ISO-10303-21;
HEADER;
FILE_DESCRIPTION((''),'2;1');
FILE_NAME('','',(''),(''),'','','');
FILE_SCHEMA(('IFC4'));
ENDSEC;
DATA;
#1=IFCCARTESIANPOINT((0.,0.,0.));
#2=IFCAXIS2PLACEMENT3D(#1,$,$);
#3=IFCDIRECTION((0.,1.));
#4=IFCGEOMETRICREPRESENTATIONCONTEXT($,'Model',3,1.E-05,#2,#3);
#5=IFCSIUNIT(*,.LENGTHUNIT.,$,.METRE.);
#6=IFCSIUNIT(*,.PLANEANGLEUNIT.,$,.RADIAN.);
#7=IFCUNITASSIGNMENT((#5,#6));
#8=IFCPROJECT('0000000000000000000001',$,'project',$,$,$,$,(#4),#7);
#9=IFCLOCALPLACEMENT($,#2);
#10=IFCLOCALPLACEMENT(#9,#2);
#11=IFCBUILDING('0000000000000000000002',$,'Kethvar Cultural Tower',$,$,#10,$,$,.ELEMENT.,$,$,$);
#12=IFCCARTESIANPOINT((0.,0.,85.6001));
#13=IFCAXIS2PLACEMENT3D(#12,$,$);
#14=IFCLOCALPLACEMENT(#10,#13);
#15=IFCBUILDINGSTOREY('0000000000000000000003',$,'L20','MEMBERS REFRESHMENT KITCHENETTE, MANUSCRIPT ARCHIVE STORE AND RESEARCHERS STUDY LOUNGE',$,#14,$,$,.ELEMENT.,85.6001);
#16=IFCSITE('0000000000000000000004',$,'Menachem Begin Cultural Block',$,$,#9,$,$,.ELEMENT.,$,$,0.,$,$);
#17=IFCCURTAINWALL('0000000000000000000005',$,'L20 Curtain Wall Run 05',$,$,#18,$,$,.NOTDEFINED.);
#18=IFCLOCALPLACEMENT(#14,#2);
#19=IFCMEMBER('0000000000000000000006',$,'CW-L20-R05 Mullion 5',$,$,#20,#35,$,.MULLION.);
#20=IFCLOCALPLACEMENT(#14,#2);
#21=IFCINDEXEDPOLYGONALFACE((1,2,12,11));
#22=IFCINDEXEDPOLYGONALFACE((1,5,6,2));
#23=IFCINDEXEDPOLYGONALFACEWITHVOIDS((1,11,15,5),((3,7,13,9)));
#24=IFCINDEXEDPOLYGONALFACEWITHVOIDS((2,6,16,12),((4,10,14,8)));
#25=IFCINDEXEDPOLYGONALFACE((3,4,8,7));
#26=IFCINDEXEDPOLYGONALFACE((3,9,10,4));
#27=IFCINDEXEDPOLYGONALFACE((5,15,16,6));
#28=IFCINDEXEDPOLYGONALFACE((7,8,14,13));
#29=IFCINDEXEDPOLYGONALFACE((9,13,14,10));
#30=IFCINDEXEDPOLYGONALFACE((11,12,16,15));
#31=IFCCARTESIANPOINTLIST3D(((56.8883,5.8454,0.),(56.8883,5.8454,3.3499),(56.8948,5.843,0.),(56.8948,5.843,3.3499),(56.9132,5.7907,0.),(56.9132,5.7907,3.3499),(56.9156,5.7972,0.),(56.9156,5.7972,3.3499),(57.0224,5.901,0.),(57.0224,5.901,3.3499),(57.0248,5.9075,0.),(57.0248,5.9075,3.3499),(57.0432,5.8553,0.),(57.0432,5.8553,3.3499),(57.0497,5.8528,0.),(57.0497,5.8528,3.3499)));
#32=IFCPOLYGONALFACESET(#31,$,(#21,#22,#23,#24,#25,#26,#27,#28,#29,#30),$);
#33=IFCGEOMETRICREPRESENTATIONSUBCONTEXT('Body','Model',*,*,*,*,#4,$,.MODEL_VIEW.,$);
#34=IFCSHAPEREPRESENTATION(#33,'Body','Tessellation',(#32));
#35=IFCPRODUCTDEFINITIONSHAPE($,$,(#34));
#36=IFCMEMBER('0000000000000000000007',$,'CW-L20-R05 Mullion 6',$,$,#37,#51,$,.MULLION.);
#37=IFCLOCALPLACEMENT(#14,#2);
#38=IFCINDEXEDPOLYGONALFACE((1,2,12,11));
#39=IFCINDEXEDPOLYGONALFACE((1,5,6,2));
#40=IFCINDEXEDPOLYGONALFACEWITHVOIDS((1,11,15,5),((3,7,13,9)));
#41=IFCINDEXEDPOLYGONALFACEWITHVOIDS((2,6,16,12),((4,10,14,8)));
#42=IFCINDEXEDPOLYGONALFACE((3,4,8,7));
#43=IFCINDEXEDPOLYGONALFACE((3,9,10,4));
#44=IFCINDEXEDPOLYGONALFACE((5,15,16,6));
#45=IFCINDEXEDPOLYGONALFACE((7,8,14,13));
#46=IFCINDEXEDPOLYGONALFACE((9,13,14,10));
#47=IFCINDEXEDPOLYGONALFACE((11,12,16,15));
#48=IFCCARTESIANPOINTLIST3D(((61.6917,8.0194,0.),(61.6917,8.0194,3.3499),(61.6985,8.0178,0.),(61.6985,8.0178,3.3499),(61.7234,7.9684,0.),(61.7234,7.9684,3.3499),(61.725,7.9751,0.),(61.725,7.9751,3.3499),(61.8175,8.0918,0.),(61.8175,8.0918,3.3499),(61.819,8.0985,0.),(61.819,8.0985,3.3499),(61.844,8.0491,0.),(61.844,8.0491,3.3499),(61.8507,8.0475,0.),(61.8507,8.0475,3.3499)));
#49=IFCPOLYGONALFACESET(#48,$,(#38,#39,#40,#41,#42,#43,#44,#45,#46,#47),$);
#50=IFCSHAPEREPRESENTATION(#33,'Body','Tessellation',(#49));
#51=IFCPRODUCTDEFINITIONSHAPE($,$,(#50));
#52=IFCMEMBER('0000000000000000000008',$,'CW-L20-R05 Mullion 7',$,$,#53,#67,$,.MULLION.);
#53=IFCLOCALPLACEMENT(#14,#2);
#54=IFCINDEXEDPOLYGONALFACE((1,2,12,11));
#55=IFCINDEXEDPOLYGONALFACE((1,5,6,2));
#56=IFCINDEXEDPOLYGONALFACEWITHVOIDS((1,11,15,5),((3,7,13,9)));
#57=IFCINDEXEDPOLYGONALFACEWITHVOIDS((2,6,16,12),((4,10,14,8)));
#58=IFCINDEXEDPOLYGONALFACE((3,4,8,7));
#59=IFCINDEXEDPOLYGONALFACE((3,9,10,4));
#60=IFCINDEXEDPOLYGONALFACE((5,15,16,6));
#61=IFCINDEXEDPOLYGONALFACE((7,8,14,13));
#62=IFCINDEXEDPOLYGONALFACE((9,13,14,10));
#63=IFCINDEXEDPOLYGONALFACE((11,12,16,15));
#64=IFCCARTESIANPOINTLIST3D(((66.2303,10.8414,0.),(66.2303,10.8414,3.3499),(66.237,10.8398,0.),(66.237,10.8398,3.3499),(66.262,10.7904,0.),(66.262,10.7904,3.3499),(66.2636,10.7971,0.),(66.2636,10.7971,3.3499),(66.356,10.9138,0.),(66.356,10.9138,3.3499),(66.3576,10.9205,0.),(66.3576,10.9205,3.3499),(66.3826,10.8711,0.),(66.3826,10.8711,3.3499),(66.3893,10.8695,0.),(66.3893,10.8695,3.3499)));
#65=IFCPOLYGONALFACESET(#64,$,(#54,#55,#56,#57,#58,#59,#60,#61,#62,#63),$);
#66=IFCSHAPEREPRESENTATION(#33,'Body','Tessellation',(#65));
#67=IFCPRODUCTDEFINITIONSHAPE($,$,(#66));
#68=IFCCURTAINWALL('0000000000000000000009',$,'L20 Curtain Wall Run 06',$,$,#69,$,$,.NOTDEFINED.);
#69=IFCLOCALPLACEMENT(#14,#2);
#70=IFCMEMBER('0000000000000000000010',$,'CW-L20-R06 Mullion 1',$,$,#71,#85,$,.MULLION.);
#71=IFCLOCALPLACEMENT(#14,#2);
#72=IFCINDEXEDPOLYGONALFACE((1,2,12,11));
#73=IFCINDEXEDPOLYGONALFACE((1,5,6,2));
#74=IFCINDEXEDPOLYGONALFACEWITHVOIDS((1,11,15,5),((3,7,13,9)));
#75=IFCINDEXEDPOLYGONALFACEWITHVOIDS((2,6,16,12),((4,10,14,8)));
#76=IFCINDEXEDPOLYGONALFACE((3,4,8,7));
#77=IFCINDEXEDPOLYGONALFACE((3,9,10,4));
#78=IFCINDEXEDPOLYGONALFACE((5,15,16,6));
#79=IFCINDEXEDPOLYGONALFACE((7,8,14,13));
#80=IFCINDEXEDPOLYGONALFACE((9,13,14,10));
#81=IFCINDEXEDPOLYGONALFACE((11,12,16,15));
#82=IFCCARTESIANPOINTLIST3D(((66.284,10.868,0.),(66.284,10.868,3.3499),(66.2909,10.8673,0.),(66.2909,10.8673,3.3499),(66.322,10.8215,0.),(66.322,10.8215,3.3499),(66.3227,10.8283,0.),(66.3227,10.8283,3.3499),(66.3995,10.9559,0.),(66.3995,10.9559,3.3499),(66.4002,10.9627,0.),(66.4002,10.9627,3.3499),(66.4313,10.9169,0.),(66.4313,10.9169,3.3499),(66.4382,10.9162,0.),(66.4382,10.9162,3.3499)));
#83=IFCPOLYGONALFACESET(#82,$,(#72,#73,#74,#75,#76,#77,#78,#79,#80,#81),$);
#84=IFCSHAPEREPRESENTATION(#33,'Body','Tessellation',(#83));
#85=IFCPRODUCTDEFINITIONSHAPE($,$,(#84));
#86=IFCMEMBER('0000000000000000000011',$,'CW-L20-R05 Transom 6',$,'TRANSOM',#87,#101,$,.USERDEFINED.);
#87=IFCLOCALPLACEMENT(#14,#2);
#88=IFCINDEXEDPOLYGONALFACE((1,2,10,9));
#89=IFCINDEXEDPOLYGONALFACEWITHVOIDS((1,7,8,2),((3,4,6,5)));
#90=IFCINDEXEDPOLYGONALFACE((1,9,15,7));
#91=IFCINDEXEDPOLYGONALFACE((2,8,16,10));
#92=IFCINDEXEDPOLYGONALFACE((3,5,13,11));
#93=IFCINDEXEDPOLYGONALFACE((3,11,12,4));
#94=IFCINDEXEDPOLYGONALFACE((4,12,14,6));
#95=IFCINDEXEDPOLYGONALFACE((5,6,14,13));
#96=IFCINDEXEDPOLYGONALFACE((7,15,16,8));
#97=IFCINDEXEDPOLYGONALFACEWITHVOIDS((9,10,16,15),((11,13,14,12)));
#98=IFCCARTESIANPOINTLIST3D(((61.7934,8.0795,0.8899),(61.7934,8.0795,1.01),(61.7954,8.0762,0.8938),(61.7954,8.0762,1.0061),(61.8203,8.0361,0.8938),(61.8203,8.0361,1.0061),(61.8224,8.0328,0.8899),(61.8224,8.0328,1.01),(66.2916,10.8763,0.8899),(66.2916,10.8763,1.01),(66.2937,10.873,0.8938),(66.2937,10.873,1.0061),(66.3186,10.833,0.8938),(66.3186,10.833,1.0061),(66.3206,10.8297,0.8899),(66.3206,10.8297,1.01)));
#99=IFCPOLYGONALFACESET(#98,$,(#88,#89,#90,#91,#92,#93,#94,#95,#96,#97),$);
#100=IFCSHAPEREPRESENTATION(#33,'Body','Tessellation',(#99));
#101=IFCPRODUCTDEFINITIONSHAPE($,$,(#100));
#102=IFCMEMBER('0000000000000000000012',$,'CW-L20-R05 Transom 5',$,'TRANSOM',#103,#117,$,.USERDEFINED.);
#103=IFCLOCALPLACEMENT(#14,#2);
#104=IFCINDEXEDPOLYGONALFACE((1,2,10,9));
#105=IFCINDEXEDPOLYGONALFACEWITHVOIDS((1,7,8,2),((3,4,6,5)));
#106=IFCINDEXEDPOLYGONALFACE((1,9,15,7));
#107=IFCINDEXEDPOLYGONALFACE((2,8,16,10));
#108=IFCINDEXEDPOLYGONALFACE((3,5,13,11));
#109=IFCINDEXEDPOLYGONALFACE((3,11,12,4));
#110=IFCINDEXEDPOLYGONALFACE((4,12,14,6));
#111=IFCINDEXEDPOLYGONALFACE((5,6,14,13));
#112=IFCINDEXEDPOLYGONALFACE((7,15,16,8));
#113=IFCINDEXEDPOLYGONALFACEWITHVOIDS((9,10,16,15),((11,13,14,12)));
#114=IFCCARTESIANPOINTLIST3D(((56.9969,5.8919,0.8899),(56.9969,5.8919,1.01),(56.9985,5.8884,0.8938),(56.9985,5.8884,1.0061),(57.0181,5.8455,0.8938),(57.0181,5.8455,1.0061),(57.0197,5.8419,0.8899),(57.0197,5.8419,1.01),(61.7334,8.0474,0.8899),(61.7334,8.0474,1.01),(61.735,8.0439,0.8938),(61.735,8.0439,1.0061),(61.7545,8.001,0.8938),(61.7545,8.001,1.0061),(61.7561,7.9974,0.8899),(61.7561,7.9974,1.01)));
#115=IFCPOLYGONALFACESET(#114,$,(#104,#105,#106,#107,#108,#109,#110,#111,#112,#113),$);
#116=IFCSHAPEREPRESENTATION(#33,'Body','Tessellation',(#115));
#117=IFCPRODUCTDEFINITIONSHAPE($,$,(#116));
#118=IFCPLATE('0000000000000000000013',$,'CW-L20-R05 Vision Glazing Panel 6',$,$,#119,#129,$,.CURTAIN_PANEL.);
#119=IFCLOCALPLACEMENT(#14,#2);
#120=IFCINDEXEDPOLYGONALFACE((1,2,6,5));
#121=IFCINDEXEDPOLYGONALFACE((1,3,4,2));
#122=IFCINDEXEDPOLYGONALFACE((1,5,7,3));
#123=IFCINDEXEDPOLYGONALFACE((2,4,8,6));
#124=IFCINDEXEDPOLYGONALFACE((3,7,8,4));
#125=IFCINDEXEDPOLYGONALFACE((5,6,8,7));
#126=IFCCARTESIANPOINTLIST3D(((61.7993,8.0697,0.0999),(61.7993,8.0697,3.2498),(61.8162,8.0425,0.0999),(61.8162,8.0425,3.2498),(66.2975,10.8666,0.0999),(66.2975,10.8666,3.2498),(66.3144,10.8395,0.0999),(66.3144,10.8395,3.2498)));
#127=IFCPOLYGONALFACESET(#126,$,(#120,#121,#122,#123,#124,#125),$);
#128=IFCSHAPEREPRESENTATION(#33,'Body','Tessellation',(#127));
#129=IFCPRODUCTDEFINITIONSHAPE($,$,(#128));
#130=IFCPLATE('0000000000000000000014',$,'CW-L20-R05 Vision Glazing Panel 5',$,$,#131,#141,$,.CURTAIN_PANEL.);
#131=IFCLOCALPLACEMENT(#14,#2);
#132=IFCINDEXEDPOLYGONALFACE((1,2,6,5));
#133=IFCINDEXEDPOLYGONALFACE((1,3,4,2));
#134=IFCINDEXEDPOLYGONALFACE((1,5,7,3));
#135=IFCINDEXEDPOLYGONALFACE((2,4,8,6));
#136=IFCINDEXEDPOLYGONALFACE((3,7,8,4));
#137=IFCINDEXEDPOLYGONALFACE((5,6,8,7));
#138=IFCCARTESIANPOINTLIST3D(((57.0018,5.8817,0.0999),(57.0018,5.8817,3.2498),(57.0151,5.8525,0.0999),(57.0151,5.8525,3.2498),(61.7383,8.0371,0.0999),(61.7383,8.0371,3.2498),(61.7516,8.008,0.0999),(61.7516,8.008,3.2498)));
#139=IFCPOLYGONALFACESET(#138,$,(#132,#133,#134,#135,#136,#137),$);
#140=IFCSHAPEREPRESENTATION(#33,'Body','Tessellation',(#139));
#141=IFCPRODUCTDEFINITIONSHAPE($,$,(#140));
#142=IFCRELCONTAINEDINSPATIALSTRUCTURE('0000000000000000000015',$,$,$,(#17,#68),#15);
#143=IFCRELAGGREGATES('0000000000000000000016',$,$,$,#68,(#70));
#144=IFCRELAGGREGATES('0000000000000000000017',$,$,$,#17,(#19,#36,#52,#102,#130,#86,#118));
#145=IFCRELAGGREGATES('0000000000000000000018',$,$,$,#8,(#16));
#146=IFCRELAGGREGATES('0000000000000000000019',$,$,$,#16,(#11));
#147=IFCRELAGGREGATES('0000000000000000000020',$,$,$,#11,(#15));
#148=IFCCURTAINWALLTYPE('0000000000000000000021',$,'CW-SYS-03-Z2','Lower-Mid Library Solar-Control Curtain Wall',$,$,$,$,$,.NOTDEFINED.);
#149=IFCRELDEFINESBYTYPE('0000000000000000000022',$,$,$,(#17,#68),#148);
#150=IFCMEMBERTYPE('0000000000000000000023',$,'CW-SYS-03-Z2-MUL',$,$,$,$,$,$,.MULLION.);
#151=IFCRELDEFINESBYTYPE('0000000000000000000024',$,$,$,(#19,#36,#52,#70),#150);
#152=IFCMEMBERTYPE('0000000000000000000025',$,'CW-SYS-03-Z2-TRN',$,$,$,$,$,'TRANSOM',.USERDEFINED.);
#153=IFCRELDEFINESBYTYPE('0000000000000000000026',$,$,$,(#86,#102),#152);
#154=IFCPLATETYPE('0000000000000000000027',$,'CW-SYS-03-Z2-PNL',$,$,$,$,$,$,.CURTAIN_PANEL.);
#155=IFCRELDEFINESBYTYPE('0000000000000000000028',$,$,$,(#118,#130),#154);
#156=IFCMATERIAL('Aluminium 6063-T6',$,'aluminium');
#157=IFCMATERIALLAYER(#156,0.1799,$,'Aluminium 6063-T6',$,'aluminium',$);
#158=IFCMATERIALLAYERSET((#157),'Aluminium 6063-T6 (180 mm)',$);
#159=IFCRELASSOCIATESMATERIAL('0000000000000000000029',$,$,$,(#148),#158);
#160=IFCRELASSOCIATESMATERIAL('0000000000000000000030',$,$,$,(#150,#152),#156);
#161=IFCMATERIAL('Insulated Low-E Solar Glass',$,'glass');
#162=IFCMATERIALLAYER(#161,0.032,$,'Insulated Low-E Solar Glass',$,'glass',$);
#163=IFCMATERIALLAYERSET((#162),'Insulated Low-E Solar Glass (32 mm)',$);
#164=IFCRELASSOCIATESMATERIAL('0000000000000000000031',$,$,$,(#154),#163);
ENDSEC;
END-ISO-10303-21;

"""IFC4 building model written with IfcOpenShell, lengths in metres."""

from ifc_helpers import new_model, si_unit, direction, frame, origin, origin_2d, place, context, subcontext, project, spatial, rectangle, hollow_rectangle, extrude, source, transform, mapped, material, layer, layer_set, material_profile, profile_set, type_object, element, aggregate, save


model = new_model("IFC4")

# Units and contexts
model_context = context("Model", 3, precision=1e-05, world=origin(), true_north=direction((0.0, 1.0)))
body_context = subcontext(model_context, "Body", "Model", "MODEL_VIEW")
ifc_project = project(units=[si_unit("LENGTHUNIT", "METRE"), si_unit("PLANEANGLEUNIT", "RADIAN")], contexts=[model_context])

# Site, building, storey
site_placement = place(None, origin())
site = spatial("IfcSite", under=ifc_project, at=site_placement, Name="Menachem Begin Cultural Block", CompositionType="ELEMENT", RefElevation=0.0)
building_placement = place(site_placement, origin())
building = spatial("IfcBuilding", under=site, at=building_placement, Name="Kethvar Cultural Tower", CompositionType="ELEMENT")
storey_placement = place(building_placement, frame((0.0, 0.0, 85.6001)))
storey = spatial("IfcBuildingStorey", under=building, at=storey_placement, Name="L20", Description="MEMBERS REFRESHMENT KITCHENETTE, MANUSCRIPT ARCHIVE STORE AND RESEARCHERS STUDY LOUNGE", CompositionType="ELEMENT", Elevation=85.6001)

# Curtain wall, members
ifc_material_1 = material(Name="Aluminium 6063-T6", Category="aluminium")
ifc_layer_1 = layer(ifc_material_1, 0.1799, Name="Aluminium 6063-T6", Category="aluminium")
ifc_layer_set_1 = layer_set([ifc_layer_1], Name="Aluminium 6063-T6 (180 mm)")
curtain_wall_type = type_object("IfcCurtainWallType", Name="CW-SYS-03-Z2", Description="Lower-Mid Library Solar-Control Curtain Wall", PredefinedType="NOTDEFINED", material=ifc_layer_set_1)
curtain_wall_1_placement = place(storey_placement, origin())
curtain_wall_1 = element("IfcCurtainWall", 1, at=curtain_wall_1_placement, inside=storey, type_object=curtain_wall_type, Name="L20 Curtain Wall Run 05", PredefinedType="NOTDEFINED")
ifc_material_profile_1 = material_profile(ifc_material_1, hollow_rectangle(XDim=0.0601, YDim=0.1499, WallThickness=0.0049, at=origin_2d()), Name="Aluminium 6063-T6 — RHS150x60x5")
ifc_profile_set_1 = profile_set([ifc_material_profile_1], Name="Aluminium 6063-T6 — RHS150x60x5")
member_type_1 = type_object("IfcMemberType", Name="CW-SYS-03-Z2-MUL", PredefinedType="MULLION", material=ifc_profile_set_1)
shared_shape_1 = source(origin(), body_context, "Body", "SweptSolid", [
    extrude(hollow_rectangle(XDim=0.0601, YDim=0.1499, WallThickness=0.0049, at=origin_2d()), origin(), (0.0, 0.0, 1.0), 3.3499),
])
member_1_placement = place(storey_placement, frame((56.969, 5.8491, 0.0), z_axis=(0.0, 0.0, 1.0), x_axis=(-0.414201, 0.910186, 0.0)))
member_1 = element("IfcMember", 2, at=member_1_placement, type_object=member_type_1, Name="CW-L20-R05 Mullion 5", PredefinedType="MULLION", context=body_context, shape_type="MappedRepresentation", body=[
    mapped(shared_shape_1, transform((0.0, 0.0, 0.0), scale=1.0)),
])
member_2_placement = place(storey_placement, frame((61.7712, 8.0334, 0.0), z_axis=(0.0, 0.0, 1.0), x_axis=(-0.528038, 0.849221, 0.0)))
member_2 = element("IfcMember", 3, at=member_2_placement, type_object=member_type_1, Name="CW-L20-R05 Mullion 6", PredefinedType="MULLION", context=body_context, shape_type="MappedRepresentation", body=[
    mapped(shared_shape_1, transform((0.0, 0.0, 0.0), scale=1.0)),
])
member_3_placement = place(storey_placement, frame((66.3098, 10.8555, 0.0), z_axis=(0.0, 0.0, 1.0), x_axis=(-0.528038, 0.849221, 0.0)))
member_3 = element("IfcMember", 4, at=member_3_placement, type_object=member_type_1, Name="CW-L20-R05 Mullion 7", PredefinedType="MULLION", context=body_context, shape_type="MappedRepresentation", body=[
    mapped(shared_shape_1, transform((0.0, 0.0, 0.0), scale=1.0)),
])

# Curtain wall, member
curtain_wall_2_placement = place(storey_placement, origin())
curtain_wall_2 = element("IfcCurtainWall", 5, at=curtain_wall_2_placement, inside=storey, type_object=curtain_wall_type, Name="L20 Curtain Wall Run 06", PredefinedType="NOTDEFINED")
member_4_placement = place(storey_placement, frame((66.3611, 10.8921, 0.0), z_axis=(0.0, 0.0, 1.0), x_axis=(-0.631799, 0.775132, 0.0)))
member_4 = element("IfcMember", 6, at=member_4_placement, type_object=member_type_1, Name="CW-L20-R06 Mullion 1", PredefinedType="MULLION", context=body_context, shape_type="MappedRepresentation", body=[
    mapped(shared_shape_1, transform((0.0, 0.0, 0.0), scale=1.0)),
])
aggregate(curtain_wall_2, [member_4])

# Members
ifc_material_profile_2 = material_profile(ifc_material_1, hollow_rectangle(XDim=0.0549, YDim=0.1201, WallThickness=0.0039, at=origin_2d()), Name="Aluminium 6063-T6 — RHS120x55x4")
ifc_profile_set_2 = profile_set([ifc_material_profile_2], Name="Aluminium 6063-T6 — RHS120x55x4")
member_type_2 = type_object("IfcMemberType", Name="CW-SYS-03-Z2-TRN", ElementType="TRANSOM", PredefinedType="USERDEFINED", material=ifc_profile_set_2)
shared_shape_2 = source(origin(), body_context, "Body", "SweptSolid", [
    extrude(hollow_rectangle(XDim=0.0549, YDim=0.1201, WallThickness=0.0039, at=origin_2d()), origin(), (0.0, 0.0, 1.0), 5.2969),
])
member_5_placement = place(storey_placement, frame((61.8079, 8.0562, 0.95), z_axis=(0.849231, 0.528021, 0.0), x_axis=(-0.528021, 0.849231, 0.0)))
member_5 = element("IfcMember", 7, at=member_5_placement, type_object=member_type_2, Name="CW-L20-R05 Transom 6", ObjectType="TRANSOM", PredefinedType="USERDEFINED", context=body_context, shape_type="MappedRepresentation", body=[
    mapped(shared_shape_2, transform((0.0, 0.0, 0.0), scale=1.0)),
])
shared_shape_3 = source(origin(), body_context, "Body", "SweptSolid", [
    extrude(hollow_rectangle(XDim=0.0549, YDim=0.1201, WallThickness=0.0039, at=origin_2d()), origin(), (0.0, 0.0, 1.0), 5.2039),
])
member_6_placement = place(storey_placement, frame((57.0083, 5.8669, 0.95), z_axis=(0.910183, 0.414206, 0.0), x_axis=(-0.414206, 0.910183, 0.0)))
member_6 = element("IfcMember", 8, at=member_6_placement, type_object=member_type_2, Name="CW-L20-R05 Transom 5", ObjectType="TRANSOM", PredefinedType="USERDEFINED", context=body_context, shape_type="MappedRepresentation", body=[
    mapped(shared_shape_3, transform((0.0, 0.0, 0.0), scale=1.0)),
])

# Plates
ifc_material_2 = material(Name="Insulated Low-E Solar Glass", Category="glass")
ifc_layer_2 = layer(ifc_material_2, 0.032, Name="Insulated Low-E Solar Glass", Category="glass")
ifc_layer_set_2 = layer_set([ifc_layer_2], Name="Insulated Low-E Solar Glass (32 mm)")
plate_type = type_object("IfcPlateType", Name="CW-SYS-03-Z2-PNL", PredefinedType="CURTAIN_PANEL", material=ifc_layer_set_2)
shared_shape_4 = source(origin(), body_context, "Body", "SweptSolid", [
    extrude(rectangle(XDim=5.2969, YDim=0.032, at=origin_2d()), origin(), (0.0, 0.0, 1.0), 3.1499),
])
plate_1_placement = place(storey_placement, frame((64.0569, 9.4546, 0.0999), z_axis=(0.0, 0.0, 1.0), x_axis=(0.849221, 0.528038, 0.0)))
plate_1 = element("IfcPlate", 9, at=plate_1_placement, type_object=plate_type, Name="CW-L20-R05 Vision Glazing Panel 6", PredefinedType="CURTAIN_PANEL", context=body_context, shape_type="MappedRepresentation", body=[
    mapped(shared_shape_4, transform((0.0, 0.0, 0.0), scale=1.0)),
])
shared_shape_5 = source(origin(), body_context, "Body", "SweptSolid", [
    extrude(rectangle(XDim=5.2039, YDim=0.032, at=origin_2d()), origin(), (0.0, 0.0, 1.0), 3.1499),
])
plate_2_placement = place(storey_placement, frame((59.3767, 6.9448, 0.0999), z_axis=(0.0, 0.0, 1.0), x_axis=(0.910186, 0.414201, 0.0)))
plate_2 = element("IfcPlate", 10, at=plate_2_placement, type_object=plate_type, Name="CW-L20-R05 Vision Glazing Panel 5", PredefinedType="CURTAIN_PANEL", context=body_context, shape_type="MappedRepresentation", body=[
    mapped(shared_shape_5, transform((0.0, 0.0, 0.0), scale=1.0)),
])
aggregate(curtain_wall_1, [member_1, member_2, member_3, member_6, plate_2, member_5, plate_1])

save(model, "model.ifc")
